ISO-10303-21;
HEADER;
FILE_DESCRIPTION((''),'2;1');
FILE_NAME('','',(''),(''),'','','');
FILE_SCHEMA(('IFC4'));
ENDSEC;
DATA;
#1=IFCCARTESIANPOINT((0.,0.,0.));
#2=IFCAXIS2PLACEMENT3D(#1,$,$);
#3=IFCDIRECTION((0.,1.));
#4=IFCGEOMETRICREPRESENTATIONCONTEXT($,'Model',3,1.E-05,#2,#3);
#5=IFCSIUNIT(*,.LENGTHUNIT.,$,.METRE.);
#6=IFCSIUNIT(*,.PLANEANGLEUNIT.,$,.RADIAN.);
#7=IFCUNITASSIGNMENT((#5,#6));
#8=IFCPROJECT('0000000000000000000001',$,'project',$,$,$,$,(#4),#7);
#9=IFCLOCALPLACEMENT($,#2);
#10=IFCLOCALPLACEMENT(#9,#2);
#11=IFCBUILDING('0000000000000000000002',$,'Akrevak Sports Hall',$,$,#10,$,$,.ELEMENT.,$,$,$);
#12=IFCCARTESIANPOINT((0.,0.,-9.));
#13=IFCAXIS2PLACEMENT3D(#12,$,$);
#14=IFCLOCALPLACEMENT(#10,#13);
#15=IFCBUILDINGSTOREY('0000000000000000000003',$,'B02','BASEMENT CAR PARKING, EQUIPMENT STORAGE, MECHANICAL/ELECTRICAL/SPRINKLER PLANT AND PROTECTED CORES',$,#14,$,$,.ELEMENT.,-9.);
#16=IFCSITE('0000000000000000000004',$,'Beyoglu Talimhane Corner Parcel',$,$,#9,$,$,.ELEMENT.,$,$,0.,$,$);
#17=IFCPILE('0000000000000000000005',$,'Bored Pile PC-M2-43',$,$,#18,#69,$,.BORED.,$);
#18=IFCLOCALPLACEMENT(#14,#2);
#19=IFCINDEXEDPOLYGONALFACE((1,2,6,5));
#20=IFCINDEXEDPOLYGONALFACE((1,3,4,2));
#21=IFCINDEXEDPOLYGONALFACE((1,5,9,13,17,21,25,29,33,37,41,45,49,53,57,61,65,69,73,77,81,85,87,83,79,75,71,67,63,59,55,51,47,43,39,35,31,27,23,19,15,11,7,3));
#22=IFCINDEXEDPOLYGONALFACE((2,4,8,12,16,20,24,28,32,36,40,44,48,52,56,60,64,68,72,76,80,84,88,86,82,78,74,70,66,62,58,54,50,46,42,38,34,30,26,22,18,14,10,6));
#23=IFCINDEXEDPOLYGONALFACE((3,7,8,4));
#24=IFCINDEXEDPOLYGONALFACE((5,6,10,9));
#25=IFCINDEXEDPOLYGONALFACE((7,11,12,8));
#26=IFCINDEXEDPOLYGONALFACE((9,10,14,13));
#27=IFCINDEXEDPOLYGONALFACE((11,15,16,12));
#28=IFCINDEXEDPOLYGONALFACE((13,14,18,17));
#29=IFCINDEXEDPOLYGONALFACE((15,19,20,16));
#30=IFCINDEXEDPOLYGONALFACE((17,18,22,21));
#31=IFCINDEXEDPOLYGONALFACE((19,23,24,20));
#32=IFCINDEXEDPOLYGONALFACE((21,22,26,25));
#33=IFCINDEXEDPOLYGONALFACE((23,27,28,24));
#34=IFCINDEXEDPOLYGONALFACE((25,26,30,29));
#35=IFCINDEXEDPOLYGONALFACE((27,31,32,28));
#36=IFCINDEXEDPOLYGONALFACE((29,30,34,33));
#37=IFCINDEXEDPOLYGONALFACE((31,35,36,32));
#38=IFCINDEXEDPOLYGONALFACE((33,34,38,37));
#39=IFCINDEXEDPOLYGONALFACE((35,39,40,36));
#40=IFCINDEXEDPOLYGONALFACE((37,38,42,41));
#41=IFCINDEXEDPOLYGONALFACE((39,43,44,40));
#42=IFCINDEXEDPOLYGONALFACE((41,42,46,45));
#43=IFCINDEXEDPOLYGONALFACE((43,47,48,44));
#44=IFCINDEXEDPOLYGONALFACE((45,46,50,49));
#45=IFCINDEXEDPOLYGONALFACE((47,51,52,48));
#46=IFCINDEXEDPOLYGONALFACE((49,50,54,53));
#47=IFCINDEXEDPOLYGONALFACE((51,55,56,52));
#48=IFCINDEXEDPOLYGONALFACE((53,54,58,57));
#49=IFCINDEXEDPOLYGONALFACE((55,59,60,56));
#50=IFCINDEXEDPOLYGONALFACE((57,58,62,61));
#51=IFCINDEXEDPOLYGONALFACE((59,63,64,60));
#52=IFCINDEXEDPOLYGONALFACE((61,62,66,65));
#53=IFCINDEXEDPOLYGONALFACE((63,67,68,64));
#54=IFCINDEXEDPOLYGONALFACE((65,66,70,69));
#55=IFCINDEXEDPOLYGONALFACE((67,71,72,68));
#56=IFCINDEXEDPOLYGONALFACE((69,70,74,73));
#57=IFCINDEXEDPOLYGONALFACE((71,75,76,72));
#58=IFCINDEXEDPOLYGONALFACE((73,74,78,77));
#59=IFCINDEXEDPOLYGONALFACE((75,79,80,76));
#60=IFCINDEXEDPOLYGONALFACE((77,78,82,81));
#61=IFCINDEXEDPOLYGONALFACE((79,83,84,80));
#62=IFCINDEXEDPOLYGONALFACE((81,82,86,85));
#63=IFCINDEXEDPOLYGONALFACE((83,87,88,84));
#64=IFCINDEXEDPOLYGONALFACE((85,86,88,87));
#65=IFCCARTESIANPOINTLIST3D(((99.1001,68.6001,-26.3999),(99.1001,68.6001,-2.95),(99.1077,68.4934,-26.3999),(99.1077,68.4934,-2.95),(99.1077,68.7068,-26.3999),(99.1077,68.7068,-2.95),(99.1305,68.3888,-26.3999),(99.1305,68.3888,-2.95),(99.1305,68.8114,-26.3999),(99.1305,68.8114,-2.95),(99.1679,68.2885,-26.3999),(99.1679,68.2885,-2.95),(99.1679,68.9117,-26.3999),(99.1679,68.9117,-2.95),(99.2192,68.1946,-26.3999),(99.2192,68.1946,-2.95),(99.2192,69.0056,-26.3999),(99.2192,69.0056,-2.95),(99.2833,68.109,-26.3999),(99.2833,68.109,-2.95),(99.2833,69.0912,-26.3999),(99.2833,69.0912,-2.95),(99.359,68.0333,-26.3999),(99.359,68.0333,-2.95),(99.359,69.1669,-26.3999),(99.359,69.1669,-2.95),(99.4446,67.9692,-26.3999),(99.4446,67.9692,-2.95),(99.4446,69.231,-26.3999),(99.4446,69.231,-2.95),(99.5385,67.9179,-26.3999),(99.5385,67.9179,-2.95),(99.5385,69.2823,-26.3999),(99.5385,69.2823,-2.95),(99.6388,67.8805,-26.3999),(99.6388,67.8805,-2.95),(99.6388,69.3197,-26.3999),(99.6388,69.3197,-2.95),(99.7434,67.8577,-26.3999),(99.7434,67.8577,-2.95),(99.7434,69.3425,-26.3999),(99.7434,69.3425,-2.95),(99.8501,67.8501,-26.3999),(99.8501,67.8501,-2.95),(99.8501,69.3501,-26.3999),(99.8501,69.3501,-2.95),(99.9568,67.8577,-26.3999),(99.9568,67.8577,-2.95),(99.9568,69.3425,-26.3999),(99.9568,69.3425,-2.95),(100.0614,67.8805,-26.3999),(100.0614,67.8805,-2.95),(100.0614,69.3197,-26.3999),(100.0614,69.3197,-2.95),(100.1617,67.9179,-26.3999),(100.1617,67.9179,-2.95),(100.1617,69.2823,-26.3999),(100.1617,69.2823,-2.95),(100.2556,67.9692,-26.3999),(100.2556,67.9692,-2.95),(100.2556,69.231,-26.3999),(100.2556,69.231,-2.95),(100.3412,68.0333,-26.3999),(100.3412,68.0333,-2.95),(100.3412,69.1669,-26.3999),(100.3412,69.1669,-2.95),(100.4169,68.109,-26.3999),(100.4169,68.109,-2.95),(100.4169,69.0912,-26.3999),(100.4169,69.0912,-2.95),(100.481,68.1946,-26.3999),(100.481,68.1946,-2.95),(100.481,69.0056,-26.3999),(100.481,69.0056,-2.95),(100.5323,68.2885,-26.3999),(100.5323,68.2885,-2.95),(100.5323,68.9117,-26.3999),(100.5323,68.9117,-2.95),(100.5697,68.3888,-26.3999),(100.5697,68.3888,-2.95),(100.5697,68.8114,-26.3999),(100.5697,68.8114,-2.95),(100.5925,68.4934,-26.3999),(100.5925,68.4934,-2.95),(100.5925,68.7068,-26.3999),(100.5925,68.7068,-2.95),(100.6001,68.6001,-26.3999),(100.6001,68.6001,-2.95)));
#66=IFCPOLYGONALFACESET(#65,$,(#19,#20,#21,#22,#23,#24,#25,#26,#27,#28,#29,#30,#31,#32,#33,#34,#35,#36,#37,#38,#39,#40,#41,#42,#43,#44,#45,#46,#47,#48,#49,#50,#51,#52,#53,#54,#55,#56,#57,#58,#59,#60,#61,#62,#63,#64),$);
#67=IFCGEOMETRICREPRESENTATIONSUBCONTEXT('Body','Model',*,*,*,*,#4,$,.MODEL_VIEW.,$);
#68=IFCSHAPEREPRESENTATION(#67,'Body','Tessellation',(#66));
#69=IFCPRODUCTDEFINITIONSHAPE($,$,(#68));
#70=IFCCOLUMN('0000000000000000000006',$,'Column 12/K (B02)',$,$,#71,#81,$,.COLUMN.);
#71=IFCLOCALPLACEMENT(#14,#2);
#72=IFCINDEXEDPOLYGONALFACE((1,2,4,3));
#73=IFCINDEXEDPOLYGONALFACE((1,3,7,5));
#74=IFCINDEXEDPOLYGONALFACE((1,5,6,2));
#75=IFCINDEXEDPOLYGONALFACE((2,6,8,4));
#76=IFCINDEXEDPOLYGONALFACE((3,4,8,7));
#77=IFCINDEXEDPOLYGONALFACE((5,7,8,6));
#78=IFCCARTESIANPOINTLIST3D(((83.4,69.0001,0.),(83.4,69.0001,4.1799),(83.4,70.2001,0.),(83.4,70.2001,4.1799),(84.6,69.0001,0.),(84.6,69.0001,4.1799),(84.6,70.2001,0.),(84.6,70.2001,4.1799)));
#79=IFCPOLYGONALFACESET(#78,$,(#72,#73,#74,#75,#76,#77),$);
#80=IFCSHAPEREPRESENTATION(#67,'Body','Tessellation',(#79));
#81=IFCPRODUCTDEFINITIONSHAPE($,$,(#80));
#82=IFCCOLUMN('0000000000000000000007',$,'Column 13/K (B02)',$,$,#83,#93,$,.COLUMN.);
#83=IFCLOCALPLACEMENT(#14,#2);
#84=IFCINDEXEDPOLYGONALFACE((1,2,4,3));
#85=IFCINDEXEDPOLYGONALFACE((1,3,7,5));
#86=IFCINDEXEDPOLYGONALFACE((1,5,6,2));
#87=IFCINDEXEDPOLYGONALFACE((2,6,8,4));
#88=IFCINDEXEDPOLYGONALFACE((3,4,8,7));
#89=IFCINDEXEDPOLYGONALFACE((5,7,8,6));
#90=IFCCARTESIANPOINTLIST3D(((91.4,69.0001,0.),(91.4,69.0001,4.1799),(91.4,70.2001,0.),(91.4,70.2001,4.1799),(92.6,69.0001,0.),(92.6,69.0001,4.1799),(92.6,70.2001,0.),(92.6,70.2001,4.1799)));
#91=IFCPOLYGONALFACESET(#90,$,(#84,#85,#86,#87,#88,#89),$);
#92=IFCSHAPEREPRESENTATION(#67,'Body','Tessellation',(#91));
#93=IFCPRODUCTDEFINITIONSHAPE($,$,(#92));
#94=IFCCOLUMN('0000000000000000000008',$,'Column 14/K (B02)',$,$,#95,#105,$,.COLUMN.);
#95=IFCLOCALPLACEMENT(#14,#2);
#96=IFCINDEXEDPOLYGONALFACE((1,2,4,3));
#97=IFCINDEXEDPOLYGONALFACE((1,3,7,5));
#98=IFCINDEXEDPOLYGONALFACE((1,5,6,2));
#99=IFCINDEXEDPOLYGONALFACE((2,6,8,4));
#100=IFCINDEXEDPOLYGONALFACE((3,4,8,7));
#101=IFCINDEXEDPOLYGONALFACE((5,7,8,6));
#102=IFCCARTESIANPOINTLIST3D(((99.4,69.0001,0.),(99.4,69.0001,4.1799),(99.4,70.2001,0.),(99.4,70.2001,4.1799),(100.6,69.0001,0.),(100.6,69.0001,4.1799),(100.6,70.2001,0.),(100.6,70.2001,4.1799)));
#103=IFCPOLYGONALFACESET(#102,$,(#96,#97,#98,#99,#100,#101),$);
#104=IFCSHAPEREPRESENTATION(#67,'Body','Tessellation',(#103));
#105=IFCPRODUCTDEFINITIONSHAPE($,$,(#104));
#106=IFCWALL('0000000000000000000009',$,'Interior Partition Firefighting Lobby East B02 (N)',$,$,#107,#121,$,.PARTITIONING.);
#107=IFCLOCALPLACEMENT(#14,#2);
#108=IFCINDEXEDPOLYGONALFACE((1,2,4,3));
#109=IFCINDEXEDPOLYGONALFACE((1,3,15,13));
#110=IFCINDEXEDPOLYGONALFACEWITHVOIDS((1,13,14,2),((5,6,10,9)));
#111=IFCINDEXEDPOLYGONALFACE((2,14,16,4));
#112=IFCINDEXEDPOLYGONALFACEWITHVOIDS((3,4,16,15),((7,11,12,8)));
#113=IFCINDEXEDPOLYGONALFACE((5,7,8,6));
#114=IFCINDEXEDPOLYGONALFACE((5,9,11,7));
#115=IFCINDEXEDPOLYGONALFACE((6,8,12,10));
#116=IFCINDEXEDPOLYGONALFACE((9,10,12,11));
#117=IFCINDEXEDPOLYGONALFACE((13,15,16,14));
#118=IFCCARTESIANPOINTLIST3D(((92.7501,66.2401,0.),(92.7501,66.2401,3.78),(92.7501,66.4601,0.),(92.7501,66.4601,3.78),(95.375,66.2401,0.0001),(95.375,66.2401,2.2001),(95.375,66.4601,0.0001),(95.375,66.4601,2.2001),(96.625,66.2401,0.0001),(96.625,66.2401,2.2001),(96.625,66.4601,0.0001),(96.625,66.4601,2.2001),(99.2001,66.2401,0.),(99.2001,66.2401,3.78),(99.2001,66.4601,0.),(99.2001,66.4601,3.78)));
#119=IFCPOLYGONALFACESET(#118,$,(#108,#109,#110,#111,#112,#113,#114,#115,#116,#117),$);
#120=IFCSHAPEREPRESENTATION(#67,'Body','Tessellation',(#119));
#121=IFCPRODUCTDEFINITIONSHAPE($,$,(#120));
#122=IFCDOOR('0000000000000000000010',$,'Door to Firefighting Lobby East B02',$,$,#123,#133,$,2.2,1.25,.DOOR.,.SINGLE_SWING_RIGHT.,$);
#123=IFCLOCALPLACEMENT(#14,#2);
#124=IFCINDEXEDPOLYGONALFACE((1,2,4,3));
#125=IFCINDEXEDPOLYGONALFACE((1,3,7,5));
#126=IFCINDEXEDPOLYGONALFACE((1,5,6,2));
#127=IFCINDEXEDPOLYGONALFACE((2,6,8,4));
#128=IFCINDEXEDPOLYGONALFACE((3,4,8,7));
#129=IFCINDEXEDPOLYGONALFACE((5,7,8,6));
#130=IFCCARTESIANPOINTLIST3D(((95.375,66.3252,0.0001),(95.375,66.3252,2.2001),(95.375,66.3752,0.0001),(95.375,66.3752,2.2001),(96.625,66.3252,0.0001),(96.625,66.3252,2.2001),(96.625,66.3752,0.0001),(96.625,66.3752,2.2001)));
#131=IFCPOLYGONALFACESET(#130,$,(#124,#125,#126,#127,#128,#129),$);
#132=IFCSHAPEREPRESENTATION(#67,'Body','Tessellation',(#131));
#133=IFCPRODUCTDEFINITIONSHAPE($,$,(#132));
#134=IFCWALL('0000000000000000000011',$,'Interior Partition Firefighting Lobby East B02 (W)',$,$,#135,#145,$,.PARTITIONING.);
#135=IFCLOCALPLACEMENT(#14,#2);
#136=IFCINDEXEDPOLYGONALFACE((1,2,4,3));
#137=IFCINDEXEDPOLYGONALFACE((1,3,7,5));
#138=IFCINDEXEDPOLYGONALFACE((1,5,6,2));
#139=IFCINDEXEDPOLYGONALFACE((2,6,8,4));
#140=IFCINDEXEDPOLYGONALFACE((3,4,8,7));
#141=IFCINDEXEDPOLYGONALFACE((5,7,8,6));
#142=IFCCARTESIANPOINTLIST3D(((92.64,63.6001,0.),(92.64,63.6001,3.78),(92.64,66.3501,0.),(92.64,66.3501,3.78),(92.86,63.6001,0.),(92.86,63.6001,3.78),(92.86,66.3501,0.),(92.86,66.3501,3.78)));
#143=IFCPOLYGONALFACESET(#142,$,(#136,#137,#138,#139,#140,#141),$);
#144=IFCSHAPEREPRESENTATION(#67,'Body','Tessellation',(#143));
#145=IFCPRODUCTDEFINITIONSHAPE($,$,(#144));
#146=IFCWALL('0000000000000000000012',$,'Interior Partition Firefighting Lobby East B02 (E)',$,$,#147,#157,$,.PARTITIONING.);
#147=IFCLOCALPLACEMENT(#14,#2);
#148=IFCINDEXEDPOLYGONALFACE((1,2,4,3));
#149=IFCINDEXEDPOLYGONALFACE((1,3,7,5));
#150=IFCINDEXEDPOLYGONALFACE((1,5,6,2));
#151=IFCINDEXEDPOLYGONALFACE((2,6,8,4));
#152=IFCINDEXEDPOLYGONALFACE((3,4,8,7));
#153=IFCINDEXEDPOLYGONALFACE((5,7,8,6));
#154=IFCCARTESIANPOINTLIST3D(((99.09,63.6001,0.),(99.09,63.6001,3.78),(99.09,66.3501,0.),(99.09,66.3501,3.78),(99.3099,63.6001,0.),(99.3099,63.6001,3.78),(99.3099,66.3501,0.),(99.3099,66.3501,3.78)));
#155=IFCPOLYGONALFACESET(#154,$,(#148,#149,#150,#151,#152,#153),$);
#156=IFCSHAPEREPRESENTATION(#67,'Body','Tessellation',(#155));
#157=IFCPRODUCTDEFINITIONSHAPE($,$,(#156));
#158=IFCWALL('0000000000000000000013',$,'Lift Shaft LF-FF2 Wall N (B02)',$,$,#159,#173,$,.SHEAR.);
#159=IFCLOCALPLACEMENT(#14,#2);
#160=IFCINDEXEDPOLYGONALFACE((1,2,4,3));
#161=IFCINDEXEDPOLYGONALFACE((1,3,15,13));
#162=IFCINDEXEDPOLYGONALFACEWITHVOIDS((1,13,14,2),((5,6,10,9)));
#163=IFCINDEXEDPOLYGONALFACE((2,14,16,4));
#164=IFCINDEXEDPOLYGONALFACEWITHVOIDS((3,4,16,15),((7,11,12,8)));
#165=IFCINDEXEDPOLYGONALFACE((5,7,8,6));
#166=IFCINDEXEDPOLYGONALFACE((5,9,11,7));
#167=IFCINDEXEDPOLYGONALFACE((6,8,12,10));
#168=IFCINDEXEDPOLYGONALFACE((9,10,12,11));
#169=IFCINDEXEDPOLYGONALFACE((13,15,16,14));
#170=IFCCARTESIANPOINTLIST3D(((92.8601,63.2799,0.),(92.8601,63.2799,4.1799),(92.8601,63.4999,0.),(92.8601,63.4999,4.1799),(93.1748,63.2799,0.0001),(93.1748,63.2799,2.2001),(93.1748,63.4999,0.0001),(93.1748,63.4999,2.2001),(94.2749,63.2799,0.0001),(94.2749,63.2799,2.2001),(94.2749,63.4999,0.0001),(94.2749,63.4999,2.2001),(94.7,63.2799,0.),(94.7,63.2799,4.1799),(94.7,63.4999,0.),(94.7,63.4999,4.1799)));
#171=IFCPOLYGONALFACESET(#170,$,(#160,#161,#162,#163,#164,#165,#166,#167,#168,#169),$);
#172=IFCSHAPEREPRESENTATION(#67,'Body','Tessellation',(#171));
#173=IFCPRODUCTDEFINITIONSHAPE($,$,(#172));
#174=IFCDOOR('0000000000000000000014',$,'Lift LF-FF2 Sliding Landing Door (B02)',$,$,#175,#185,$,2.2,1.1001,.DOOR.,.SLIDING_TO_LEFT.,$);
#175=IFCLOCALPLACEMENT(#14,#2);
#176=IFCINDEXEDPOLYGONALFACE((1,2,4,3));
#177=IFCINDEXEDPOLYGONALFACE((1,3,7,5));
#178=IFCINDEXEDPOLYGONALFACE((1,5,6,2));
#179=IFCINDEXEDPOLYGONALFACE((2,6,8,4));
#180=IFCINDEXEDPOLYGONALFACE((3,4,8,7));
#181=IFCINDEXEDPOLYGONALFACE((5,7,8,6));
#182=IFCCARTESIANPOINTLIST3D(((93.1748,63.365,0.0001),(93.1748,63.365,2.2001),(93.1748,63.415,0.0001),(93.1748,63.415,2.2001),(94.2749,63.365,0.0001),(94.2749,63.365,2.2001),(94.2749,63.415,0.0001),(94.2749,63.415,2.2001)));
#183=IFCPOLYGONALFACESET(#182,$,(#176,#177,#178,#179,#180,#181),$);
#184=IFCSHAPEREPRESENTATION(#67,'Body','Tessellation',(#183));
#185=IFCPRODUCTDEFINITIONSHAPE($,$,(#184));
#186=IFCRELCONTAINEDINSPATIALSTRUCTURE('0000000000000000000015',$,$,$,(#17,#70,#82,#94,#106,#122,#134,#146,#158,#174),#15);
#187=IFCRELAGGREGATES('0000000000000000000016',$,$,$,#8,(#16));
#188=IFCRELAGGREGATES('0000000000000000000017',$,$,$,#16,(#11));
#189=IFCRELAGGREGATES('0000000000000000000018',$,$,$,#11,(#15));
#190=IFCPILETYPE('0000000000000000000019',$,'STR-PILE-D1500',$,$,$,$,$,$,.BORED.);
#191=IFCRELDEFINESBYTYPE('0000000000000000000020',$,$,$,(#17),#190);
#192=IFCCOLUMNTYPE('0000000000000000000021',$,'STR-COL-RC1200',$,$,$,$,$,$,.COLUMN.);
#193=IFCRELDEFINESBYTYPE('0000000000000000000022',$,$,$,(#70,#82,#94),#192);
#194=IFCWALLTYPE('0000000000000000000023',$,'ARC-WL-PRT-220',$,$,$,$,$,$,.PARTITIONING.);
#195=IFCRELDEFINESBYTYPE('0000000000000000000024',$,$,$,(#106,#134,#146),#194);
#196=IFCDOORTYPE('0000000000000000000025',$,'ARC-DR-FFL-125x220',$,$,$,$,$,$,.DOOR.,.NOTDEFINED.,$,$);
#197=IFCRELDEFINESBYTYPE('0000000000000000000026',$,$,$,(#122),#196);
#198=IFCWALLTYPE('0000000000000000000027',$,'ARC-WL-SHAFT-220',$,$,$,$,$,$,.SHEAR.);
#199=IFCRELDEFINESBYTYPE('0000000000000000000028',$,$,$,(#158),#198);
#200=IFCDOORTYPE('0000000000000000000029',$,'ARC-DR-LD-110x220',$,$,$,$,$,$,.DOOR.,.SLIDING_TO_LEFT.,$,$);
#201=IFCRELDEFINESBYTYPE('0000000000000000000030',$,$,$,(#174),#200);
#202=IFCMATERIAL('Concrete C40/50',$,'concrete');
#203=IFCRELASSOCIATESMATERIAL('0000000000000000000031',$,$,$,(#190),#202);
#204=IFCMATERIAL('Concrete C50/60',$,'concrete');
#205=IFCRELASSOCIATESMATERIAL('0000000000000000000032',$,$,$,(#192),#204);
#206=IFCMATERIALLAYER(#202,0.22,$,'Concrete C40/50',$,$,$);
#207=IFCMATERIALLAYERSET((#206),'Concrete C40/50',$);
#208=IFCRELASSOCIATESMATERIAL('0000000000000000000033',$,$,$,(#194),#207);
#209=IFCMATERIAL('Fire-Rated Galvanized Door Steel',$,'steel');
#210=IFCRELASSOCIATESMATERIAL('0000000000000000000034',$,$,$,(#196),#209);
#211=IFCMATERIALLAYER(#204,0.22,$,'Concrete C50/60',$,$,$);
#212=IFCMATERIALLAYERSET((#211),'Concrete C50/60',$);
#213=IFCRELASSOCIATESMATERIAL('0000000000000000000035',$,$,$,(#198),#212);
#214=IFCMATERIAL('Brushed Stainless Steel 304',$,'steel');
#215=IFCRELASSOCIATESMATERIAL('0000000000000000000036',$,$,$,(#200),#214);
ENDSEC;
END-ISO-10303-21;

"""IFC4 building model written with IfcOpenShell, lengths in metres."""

from ifc_helpers import new_model, si_unit, direction, frame, frame_2d, origin, origin_2d, place, context, subcontext, project, spatial, rectangle, circle, extrude, material, layer, layer_set, material_profile, profile_set, type_object, element, fill, save


model = new_model("IFC4")

# Units and contexts
model_context = context("Model", 3, precision=1e-05, world=origin(), true_north=direction((0.0, 1.0)))
body_context = subcontext(model_context, "Body", "Model", "MODEL_VIEW")
ifc_project = project(units=[si_unit("LENGTHUNIT", "METRE"), si_unit("PLANEANGLEUNIT", "RADIAN")], contexts=[model_context])

# Site, building, storey
site_placement = place(None, origin())
site = spatial("IfcSite", under=ifc_project, at=site_placement, Name="Beyoglu Talimhane Corner Parcel", CompositionType="ELEMENT", RefElevation=0.0)
building_placement = place(site_placement, origin())
building = spatial("IfcBuilding", under=site, at=building_placement, Name="Akrevak Sports Hall", CompositionType="ELEMENT")
storey_placement = place(building_placement, frame((0.0, 0.0, -9.0)))
storey = spatial("IfcBuildingStorey", under=building, at=storey_placement, Name="B02", Description="BASEMENT CAR PARKING, EQUIPMENT STORAGE, MECHANICAL/ELECTRICAL/SPRINKLER PLANT AND PROTECTED CORES", CompositionType="ELEMENT", Elevation=-9.0)

# Pile
ifc_material_1 = material(Name="Concrete C40/50", Category="concrete")
ifc_material_profile_1 = material_profile(ifc_material_1, circle(Radius=0.75, at=origin_2d()), Name="BORED PILE D1500", Category="concrete")
ifc_profile_set_1 = profile_set([ifc_material_profile_1], Name="Concrete C40/50")
pile_type = type_object("IfcPileType", Name="STR-PILE-D1500", PredefinedType="BORED", material=ifc_profile_set_1)
for number, where, z_axis, x_axis, name in (
    (1, (99.8501, 68.6001, -2.95), (0.0, 0.0, -1.0), (1.0, 0.0, 0.0), "Bored Pile PC-M2-43"),
):
    element("IfcPile", number, at=place(storey_placement, frame(where, z_axis=z_axis, x_axis=x_axis)), inside=storey, type_object=pile_type, Name=name, PredefinedType="BORED", context=body_context, shape_type="SweptSolid", body=[
        extrude(circle(Radius=0.75, at=origin_2d()), origin(), (0.0, 0.0, 1.0), 23.45),
    ])

# Columns
ifc_material_2 = material(Name="Concrete C50/60", Category="concrete")
ifc_material_profile_2 = material_profile(ifc_material_2, rectangle(XDim=1.2, YDim=1.2, at=origin_2d()), Name="RC 1200x1200", Category="concrete")
ifc_profile_set_2 = profile_set([ifc_material_profile_2], Name="Concrete C50/60")
column_type = type_object("IfcColumnType", Name="STR-COL-RC1200", PredefinedType="COLUMN", material=ifc_profile_set_2)
for number, where, z_axis, x_axis, name in (
    (2, (84.0, 69.6001, 0.0), (0.0, 0.0, 1.0), (1.0, 0.0, 0.0), "Column 12/K (B02)"),
    (3, (92.0, 69.6001, 0.0), (0.0, 0.0, 1.0), (1.0, 0.0, 0.0), "Column 13/K (B02)"),
    (4, (100.0, 69.6001, 0.0), (0.0, 0.0, 1.0), (1.0, 0.0, 0.0), "Column 14/K (B02)"),
):
    element("IfcColumn", number, at=place(storey_placement, frame(where, z_axis=z_axis, x_axis=x_axis)), inside=storey, type_object=column_type, Name=name, PredefinedType="COLUMN", context=body_context, shape_type="SweptSolid", body=[
        extrude(rectangle(XDim=1.2, YDim=1.2, at=origin_2d()), origin(), (0.0, 0.0, 1.0), 4.1799),
    ])

# Wall, opening, door
ifc_layer_1 = layer(ifc_material_1, 0.22, Name="Concrete C40/50")
ifc_layer_set_1 = layer_set([ifc_layer_1], Name="Concrete C40/50")
wall_type_1 = type_object("IfcWallType", Name="ARC-WL-PRT-220", PredefinedType="PARTITIONING", material=ifc_layer_set_1)
wall_1_placement = place(storey_placement, frame((92.75, 66.3501, 0.0), z_axis=(0.0, 0.0, 1.0), x_axis=(1.0, 0.0, 0.0)))
wall_1 = element("IfcWall", 5, at=wall_1_placement, inside=storey, type_object=wall_type_1, Name="Interior Partition Firefighting Lobby East B02 (N)", PredefinedType="PARTITIONING", context=body_context, shape_type="SweptSolid", body=[
    extrude(rectangle(XDim=6.45, YDim=0.22, at=frame_2d((3.2251, 0.0))), origin(), (0.0, 0.0, 1.0), 3.78),
])
opening_1_placement = place(wall_1_placement, frame((2.625, 0.0, 0.0)))
opening_1 = element("IfcOpeningElement", 6, at=opening_1_placement, cuts=wall_1, PredefinedType="OPENING", context=body_context, shape_type="SweptSolid", body=[
    extrude(rectangle(XDim=1.25, YDim=2.2, at=frame_2d((0.625, 1.1001))), frame((0.0, 0.1221, 0.0), z_axis=(0.0, -1.0, 0.0), x_axis=(1.0, 0.0, 0.0)), (0.0, 0.0, 1.0), 0.2439),
])
ifc_material_3 = material(Name="Fire-Rated Galvanized Door Steel", Category="steel")
door_type_1 = type_object("IfcDoorType", Name="ARC-DR-FFL-125x220", OperationType="NOTDEFINED", PredefinedType="DOOR", material=ifc_material_3)
door_1_placement = place(opening_1_placement, frame((1.25, 0.0, 0.0), z_axis=(0.0, 0.0, 1.0), x_axis=(-1.0, 0.0, 0.0)))
door_1 = element("IfcDoor", 7, at=door_1_placement, inside=storey, type_object=door_type_1, Name="Door to Firefighting Lobby East B02", OperationType="SINGLE_SWING_RIGHT", OverallHeight=2.2, OverallWidth=1.25, PredefinedType="DOOR", context=body_context, shape_type="SweptSolid", body=[
    extrude(rectangle(XDim=1.25, YDim=2.2, at=frame_2d((0.625, 1.1001))), frame((0.0, 0.0249, 0.0), z_axis=(0.0, -1.0, 0.0), x_axis=(1.0, 0.0, 0.0)), (0.0, 0.0, 1.0), 0.05),
])
fill(opening_1, door_1)

# Walls
for number, where, z_axis, x_axis, name in (
    (8, (92.75, 63.6001, 0.0), (0.0, 0.0, 1.0), (0.0, 1.0, 0.0), "Interior Partition Firefighting Lobby East B02 (W)"),
    (9, (99.2, 63.6001, 0.0), (0.0, 0.0, 1.0), (0.0, 1.0, 0.0), "Interior Partition Firefighting Lobby East B02 (E)"),
):
    element("IfcWall", number, at=place(storey_placement, frame(where, z_axis=z_axis, x_axis=x_axis)), inside=storey, type_object=wall_type_1, Name=name, PredefinedType="PARTITIONING", context=body_context, shape_type="SweptSolid", body=[
        extrude(rectangle(XDim=2.75, YDim=0.22, at=frame_2d((1.375, 0.0))), origin(), (0.0, 0.0, 1.0), 3.78),
    ])

# Wall, opening, door
ifc_layer_2 = layer(ifc_material_2, 0.22, Name="Concrete C50/60")
ifc_layer_set_2 = layer_set([ifc_layer_2], Name="Concrete C50/60")
wall_type_2 = type_object("IfcWallType", Name="ARC-WL-SHAFT-220", PredefinedType="SHEAR", material=ifc_layer_set_2)
wall_2_placement = place(storey_placement, frame((94.7, 63.3899, 0.0), z_axis=(0.0, 0.0, 1.0), x_axis=(-1.0, 0.0, 0.0)))
wall_2 = element("IfcWall", 10, at=wall_2_placement, inside=storey, type_object=wall_type_2, Name="Lift Shaft LF-FF2 Wall N (B02)", PredefinedType="SHEAR", context=body_context, shape_type="SweptSolid", body=[
    extrude(rectangle(XDim=1.8398, YDim=0.22, at=frame_2d((0.9199, 0.0))), origin(), (0.0, 0.0, 1.0), 4.1799),
])
opening_2_placement = place(wall_2_placement, frame((0.425, 0.0, 0.0)))
opening_2 = element("IfcOpeningElement", 11, at=opening_2_placement, cuts=wall_2, PredefinedType="OPENING", context=body_context, shape_type="SweptSolid", body=[
    extrude(rectangle(XDim=1.1001, YDim=2.2, at=frame_2d((0.55, 1.1001))), frame((0.0, 0.1221, 0.0), z_axis=(0.0, -1.0, 0.0), x_axis=(1.0, 0.0, 0.0)), (0.0, 0.0, 1.0), 0.2439),
])
ifc_material_4 = material(Name="Brushed Stainless Steel 304", Category="steel")
door_type_2 = type_object("IfcDoorType", Name="ARC-DR-LD-110x220", OperationType="SLIDING_TO_LEFT", PredefinedType="DOOR", material=ifc_material_4)
door_2_placement = place(opening_2_placement, origin())
door_2 = element("IfcDoor", 12, at=door_2_placement, inside=storey, type_object=door_type_2, Name="Lift LF-FF2 Sliding Landing Door (B02)", OperationType="SLIDING_TO_LEFT", OverallHeight=2.2, OverallWidth=1.1001, PredefinedType="DOOR", context=body_context, shape_type="SweptSolid", body=[
    extrude(rectangle(XDim=1.1001, YDim=2.2, at=frame_2d((0.55, 1.1001))), frame((0.0, 0.0249, 0.0), z_axis=(0.0, -1.0, 0.0), x_axis=(1.0, 0.0, 0.0)), (0.0, 0.0, 1.0), 0.05),
])
fill(opening_2, door_2)

save(model, "model.ifc")
